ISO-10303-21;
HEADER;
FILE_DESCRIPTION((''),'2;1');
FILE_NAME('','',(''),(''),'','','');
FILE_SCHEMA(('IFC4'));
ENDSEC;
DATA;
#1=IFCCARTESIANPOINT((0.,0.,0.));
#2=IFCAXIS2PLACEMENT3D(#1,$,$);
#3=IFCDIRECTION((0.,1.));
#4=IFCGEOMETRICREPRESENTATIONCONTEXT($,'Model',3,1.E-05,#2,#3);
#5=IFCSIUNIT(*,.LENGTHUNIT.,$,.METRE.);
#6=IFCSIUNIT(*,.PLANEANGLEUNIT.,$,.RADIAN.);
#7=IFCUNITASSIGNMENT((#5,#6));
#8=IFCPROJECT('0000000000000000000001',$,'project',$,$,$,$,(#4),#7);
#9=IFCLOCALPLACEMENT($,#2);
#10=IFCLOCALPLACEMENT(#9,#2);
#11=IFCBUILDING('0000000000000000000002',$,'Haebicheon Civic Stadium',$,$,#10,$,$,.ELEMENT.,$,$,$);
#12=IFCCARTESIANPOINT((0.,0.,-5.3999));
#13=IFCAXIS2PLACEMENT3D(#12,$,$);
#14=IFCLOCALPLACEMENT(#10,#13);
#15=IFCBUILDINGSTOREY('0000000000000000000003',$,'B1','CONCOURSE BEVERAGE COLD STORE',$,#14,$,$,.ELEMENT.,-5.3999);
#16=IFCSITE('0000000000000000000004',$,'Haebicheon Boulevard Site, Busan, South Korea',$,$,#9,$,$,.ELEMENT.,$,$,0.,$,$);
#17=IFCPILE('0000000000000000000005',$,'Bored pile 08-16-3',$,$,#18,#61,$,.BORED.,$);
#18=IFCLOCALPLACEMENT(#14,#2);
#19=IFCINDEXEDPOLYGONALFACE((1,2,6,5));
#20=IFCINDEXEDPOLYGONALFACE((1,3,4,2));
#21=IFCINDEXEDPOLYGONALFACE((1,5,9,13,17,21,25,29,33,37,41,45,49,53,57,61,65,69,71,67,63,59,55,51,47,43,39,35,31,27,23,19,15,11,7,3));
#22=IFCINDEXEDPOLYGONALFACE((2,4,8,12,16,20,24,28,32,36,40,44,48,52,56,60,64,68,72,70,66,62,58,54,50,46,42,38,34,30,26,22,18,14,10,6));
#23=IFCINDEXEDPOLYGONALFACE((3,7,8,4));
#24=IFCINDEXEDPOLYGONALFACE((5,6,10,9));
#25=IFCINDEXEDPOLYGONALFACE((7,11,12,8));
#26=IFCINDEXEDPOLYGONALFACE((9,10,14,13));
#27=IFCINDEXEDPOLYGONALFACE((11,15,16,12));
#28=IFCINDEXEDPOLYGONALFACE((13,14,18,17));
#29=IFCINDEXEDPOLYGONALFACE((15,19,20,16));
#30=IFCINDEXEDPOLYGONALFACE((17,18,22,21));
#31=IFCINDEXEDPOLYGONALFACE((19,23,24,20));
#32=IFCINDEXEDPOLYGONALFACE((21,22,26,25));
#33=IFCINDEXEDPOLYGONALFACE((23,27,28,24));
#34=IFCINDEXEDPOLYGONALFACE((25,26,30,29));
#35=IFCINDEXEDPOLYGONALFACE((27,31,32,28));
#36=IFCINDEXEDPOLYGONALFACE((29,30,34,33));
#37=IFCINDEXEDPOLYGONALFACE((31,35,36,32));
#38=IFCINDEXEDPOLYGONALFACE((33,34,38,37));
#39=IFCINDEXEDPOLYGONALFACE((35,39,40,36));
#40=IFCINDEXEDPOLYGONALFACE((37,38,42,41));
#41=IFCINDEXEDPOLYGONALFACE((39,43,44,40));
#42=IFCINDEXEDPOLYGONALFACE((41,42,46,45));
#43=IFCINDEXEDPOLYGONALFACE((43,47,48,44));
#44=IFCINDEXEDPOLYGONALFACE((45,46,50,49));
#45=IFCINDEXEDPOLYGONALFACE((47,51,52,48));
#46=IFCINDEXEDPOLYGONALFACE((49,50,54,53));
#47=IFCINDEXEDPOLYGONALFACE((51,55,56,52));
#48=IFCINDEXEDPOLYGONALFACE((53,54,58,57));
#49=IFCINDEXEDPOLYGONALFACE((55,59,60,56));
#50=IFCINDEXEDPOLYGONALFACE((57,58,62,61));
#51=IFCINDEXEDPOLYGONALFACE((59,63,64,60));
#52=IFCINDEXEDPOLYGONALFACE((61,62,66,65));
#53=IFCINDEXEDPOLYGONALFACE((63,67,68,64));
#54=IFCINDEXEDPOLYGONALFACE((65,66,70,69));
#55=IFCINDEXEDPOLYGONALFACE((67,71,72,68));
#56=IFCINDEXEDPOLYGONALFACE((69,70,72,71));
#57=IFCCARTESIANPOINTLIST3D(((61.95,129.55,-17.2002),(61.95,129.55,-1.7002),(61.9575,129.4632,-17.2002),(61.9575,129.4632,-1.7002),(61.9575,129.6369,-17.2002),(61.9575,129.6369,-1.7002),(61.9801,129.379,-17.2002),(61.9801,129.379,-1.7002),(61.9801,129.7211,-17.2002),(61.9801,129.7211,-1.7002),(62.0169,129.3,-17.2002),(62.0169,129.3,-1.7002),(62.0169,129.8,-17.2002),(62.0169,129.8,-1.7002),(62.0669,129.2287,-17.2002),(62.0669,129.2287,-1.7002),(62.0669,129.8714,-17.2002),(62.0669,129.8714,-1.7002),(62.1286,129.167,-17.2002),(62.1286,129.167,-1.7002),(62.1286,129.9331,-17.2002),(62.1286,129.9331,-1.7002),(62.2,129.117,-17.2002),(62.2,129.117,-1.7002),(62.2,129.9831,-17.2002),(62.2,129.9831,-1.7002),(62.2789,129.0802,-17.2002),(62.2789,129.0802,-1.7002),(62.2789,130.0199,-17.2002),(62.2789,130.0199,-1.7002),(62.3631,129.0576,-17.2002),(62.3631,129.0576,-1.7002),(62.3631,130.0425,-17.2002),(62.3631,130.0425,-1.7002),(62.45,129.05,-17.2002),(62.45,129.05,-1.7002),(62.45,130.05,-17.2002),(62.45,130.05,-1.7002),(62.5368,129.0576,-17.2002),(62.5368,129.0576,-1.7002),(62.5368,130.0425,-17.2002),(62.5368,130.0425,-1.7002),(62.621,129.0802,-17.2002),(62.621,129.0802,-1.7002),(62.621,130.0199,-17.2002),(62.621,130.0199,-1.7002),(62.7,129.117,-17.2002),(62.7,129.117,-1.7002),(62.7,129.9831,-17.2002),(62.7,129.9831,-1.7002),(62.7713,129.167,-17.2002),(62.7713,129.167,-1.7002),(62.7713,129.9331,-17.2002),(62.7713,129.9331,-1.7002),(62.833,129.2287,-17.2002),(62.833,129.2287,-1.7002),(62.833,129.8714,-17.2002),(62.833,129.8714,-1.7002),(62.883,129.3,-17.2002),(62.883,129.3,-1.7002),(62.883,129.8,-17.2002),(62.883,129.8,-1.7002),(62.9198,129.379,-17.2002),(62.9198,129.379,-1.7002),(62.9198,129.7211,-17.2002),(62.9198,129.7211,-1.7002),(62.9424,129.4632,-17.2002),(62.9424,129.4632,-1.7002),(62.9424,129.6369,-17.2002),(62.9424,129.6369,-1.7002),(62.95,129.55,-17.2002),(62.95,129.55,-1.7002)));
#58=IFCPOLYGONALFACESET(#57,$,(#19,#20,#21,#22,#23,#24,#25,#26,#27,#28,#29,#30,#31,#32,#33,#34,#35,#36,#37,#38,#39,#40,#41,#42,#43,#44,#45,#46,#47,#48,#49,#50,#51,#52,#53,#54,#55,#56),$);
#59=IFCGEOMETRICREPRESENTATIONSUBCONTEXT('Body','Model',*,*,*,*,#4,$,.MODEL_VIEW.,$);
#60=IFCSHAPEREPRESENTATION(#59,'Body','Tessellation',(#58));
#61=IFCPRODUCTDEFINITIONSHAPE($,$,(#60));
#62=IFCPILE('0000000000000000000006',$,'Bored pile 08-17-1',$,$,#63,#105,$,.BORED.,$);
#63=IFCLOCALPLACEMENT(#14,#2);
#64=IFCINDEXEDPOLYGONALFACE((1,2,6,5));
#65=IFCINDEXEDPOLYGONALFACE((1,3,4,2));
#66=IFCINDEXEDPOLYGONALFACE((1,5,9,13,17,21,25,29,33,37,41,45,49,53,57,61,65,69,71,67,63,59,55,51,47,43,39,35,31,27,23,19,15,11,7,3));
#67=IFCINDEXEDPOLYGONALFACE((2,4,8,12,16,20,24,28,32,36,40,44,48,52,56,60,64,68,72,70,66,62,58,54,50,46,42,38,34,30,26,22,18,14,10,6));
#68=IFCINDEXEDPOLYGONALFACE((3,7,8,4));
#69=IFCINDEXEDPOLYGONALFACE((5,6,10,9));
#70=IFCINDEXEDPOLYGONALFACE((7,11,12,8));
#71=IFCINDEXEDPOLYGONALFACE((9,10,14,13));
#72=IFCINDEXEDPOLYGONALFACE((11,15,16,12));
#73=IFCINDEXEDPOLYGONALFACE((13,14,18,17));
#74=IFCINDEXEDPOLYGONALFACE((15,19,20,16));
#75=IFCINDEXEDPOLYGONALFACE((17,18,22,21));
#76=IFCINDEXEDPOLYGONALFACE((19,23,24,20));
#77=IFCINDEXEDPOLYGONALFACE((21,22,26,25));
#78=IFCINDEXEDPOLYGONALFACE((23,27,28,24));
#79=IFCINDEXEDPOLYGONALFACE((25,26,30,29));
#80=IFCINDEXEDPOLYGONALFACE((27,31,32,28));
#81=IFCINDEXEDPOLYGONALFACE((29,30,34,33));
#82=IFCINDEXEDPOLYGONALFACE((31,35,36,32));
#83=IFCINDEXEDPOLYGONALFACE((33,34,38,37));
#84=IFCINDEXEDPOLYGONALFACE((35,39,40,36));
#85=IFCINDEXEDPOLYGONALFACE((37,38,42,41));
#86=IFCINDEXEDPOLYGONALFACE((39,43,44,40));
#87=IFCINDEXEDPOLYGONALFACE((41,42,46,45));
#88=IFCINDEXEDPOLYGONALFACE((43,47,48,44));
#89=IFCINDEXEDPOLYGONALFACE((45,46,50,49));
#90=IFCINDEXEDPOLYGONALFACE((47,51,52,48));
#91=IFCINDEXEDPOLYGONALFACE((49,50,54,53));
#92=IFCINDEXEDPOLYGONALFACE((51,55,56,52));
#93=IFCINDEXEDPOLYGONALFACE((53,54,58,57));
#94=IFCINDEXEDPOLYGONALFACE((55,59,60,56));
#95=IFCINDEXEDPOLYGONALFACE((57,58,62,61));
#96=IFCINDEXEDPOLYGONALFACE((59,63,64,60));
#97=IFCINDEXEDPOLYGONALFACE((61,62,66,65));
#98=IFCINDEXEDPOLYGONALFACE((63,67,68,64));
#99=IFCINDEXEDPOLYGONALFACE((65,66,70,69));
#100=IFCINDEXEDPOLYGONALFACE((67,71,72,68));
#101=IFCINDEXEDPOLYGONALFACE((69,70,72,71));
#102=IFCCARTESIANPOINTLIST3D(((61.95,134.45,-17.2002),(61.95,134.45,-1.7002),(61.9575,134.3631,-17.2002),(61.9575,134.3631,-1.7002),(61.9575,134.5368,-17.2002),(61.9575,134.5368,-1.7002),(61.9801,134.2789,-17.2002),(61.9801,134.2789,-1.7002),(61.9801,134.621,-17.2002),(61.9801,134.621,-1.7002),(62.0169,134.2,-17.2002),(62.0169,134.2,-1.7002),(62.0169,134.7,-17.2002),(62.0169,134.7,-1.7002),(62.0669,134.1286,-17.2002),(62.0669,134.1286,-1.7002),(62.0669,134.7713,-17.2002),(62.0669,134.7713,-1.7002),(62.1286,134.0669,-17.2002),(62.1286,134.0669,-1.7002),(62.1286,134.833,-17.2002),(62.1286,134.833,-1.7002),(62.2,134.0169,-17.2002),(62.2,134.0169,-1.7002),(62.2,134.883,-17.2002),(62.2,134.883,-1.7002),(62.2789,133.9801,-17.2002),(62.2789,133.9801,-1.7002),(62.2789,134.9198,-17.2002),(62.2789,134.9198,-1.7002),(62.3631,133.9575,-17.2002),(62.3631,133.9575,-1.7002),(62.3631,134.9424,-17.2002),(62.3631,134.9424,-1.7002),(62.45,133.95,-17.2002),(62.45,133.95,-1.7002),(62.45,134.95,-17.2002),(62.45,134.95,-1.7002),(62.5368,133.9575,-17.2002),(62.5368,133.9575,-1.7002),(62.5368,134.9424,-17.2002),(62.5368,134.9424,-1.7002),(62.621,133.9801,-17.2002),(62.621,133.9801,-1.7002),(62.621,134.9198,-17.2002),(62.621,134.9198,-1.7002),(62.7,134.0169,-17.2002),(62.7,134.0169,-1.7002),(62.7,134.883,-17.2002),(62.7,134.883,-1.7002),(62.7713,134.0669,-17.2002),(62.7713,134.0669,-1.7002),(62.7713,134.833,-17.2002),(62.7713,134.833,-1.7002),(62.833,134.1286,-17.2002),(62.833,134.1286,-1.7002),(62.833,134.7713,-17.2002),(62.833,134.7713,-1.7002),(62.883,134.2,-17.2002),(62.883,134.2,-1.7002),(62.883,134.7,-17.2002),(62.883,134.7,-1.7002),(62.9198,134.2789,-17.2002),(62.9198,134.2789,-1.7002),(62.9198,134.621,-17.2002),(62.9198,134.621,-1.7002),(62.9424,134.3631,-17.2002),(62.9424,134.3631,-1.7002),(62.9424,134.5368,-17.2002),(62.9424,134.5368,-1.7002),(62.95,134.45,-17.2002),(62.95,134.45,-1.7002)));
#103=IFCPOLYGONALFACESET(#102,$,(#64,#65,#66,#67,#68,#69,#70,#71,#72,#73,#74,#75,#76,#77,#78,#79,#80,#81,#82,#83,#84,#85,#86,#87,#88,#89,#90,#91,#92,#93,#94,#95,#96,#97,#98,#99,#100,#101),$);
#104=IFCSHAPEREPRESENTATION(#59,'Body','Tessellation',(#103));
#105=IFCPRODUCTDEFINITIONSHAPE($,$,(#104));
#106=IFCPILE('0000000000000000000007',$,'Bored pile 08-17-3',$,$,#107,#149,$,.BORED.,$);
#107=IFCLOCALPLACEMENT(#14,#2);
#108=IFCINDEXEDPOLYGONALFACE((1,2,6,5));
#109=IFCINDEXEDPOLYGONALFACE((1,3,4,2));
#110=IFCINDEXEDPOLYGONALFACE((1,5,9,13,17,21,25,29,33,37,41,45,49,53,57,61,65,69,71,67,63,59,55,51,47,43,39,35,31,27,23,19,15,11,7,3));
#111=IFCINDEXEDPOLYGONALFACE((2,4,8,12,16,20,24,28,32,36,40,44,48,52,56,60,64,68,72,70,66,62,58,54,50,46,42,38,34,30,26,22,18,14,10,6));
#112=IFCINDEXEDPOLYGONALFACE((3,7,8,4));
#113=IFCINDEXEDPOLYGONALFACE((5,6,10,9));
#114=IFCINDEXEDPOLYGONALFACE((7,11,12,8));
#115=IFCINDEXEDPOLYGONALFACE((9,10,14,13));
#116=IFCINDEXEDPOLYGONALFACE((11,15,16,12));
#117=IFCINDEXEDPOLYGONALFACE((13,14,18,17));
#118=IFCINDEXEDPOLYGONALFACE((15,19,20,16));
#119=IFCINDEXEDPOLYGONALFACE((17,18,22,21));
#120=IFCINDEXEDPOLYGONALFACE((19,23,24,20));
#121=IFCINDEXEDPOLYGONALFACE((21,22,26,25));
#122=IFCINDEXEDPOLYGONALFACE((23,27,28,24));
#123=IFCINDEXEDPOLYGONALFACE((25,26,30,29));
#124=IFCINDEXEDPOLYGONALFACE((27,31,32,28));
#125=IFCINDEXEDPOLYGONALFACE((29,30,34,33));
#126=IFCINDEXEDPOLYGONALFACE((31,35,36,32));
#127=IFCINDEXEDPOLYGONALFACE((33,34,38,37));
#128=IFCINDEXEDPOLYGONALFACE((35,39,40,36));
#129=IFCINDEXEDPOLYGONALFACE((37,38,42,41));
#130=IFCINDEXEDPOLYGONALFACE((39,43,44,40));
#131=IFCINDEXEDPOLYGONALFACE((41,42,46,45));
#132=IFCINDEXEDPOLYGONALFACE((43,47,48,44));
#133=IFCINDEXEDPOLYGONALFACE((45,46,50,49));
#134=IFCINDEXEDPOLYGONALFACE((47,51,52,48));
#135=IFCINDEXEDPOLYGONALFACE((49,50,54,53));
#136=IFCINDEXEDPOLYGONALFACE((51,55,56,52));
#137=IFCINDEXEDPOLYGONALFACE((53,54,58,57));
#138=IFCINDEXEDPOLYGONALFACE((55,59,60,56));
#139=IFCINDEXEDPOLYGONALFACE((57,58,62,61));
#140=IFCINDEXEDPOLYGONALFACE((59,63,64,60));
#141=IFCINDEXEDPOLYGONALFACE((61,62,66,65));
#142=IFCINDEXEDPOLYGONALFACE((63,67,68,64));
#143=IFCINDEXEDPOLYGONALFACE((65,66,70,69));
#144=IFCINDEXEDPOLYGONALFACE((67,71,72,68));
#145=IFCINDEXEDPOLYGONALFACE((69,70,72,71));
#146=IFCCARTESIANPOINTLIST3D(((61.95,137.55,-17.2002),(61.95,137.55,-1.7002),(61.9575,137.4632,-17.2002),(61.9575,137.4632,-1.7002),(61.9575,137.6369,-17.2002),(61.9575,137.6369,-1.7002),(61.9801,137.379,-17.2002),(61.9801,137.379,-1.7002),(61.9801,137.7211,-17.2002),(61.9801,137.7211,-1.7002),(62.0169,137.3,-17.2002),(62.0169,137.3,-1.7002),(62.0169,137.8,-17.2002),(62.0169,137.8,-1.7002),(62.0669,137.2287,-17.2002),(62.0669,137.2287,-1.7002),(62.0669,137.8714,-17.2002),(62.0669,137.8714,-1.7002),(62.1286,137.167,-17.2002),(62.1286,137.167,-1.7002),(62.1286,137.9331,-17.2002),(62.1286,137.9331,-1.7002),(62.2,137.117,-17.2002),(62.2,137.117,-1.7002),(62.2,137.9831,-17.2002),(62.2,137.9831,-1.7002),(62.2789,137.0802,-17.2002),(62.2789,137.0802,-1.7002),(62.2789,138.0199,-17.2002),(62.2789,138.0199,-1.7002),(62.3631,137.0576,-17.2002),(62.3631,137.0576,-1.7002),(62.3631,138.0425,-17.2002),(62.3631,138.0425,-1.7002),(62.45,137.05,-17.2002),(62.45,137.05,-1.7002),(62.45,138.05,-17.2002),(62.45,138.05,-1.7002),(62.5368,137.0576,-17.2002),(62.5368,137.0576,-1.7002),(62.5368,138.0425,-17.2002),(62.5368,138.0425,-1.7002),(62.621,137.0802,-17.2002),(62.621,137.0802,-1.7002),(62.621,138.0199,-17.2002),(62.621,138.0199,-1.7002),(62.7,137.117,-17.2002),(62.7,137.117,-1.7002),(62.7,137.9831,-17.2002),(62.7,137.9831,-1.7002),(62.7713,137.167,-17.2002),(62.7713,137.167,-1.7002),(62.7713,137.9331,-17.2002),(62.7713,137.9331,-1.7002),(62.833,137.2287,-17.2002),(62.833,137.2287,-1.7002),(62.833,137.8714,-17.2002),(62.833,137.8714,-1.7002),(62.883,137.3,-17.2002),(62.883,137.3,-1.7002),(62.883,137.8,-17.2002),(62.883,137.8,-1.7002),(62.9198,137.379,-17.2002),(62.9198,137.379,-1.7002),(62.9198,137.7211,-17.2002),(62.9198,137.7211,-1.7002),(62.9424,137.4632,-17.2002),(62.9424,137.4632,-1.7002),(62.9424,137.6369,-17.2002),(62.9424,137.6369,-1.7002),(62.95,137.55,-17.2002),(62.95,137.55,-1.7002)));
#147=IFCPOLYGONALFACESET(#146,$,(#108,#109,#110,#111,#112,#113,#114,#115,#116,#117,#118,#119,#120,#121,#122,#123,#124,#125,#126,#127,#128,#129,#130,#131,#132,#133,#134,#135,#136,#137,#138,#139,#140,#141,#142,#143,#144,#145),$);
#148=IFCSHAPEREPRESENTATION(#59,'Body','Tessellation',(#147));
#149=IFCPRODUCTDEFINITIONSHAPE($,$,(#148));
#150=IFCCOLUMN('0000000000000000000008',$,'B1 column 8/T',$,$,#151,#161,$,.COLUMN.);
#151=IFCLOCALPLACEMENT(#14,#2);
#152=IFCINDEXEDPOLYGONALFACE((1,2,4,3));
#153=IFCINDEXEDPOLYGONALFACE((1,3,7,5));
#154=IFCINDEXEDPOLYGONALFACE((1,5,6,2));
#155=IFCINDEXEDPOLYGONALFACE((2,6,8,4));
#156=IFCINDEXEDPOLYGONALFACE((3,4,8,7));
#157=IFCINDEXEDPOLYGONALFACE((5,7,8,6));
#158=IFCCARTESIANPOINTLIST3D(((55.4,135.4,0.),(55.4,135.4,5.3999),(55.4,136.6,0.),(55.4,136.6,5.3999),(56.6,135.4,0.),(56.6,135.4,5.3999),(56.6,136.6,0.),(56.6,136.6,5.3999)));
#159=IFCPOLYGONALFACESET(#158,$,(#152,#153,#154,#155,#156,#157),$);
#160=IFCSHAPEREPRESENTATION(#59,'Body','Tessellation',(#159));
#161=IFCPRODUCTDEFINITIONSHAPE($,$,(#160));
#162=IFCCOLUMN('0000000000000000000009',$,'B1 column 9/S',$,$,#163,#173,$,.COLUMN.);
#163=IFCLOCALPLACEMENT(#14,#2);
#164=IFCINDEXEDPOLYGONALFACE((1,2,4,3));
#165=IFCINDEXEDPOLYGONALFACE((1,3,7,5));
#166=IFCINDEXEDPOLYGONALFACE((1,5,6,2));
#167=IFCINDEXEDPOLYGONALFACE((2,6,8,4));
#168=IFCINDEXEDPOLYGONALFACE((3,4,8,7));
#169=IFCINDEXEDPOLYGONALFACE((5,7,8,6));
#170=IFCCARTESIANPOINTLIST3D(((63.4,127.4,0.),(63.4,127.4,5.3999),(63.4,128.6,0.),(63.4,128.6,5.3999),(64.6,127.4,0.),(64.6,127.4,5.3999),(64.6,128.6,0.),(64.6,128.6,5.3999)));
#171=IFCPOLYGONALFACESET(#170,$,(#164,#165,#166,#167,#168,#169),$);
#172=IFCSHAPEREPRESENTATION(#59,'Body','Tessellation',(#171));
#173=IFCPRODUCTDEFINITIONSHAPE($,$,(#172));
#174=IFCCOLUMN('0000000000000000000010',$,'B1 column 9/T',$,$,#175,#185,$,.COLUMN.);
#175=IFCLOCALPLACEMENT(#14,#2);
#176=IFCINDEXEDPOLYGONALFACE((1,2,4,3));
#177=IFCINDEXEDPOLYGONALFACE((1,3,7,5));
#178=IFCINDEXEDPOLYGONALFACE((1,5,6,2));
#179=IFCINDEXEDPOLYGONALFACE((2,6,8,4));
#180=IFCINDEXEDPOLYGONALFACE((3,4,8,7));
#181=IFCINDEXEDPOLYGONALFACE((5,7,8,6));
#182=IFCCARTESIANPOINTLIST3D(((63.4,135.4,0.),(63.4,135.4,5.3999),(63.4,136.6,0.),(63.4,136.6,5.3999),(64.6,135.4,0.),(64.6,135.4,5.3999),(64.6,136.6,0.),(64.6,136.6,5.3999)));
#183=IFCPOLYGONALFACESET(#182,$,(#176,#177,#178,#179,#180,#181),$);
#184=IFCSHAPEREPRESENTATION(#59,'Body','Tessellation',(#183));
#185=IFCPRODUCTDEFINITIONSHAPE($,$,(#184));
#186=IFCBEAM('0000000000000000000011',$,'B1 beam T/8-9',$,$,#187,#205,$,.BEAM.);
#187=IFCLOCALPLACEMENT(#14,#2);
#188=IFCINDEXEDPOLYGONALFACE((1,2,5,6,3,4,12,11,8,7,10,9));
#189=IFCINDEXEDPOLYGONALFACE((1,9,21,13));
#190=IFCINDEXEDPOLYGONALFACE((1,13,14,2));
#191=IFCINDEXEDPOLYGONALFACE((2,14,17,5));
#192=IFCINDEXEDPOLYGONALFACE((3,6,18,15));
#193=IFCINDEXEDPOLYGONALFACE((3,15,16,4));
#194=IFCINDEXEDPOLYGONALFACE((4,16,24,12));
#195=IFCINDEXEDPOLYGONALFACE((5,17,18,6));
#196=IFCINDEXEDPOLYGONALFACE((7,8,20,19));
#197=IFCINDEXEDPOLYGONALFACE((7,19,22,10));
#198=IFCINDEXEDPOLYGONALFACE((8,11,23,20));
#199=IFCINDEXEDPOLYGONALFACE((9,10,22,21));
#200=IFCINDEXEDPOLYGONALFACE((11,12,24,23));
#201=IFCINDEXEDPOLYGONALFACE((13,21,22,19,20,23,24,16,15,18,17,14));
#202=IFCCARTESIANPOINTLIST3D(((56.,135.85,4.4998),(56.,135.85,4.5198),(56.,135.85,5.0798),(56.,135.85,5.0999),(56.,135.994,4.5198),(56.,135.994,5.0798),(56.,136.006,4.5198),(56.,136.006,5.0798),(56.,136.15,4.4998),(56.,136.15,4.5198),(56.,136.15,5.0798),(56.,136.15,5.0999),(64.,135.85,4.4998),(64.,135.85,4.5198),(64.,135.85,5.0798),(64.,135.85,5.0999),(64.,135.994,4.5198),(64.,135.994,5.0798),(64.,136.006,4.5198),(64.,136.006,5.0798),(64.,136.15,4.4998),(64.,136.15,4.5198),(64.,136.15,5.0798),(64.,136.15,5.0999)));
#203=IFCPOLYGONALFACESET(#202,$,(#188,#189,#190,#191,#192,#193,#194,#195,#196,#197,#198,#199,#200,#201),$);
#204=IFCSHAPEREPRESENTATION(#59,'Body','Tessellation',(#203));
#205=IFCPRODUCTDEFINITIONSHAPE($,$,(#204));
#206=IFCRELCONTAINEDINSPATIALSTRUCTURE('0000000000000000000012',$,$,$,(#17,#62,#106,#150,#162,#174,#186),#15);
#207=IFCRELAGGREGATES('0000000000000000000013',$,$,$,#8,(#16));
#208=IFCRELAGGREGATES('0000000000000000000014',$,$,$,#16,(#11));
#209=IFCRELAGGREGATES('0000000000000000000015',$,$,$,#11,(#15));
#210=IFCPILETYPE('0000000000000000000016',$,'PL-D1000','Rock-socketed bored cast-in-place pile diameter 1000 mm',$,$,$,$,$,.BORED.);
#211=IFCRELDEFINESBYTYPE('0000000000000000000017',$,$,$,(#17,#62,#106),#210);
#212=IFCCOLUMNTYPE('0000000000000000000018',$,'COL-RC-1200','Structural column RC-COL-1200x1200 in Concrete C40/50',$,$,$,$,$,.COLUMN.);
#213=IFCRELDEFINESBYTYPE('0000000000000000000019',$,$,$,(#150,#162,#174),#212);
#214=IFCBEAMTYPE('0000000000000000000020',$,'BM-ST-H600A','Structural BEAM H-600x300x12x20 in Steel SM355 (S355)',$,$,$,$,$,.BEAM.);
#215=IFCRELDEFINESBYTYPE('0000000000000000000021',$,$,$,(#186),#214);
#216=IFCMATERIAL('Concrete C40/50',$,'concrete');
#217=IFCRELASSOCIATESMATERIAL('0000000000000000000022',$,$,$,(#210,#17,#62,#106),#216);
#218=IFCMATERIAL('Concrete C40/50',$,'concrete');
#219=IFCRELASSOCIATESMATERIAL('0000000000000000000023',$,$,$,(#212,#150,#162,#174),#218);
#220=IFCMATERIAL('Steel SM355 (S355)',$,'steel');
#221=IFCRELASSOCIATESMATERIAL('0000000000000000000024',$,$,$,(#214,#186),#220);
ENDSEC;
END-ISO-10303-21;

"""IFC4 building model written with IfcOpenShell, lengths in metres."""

from ifc_helpers import new_model, si_unit, direction, frame, origin, origin_2d, place, context, subcontext, project, spatial, rectangle, circle, i_section, extrude, material, material_profile, profile_set, type_object, element, save


model = new_model("IFC4")

# Units and contexts
model_context = context("Model", 3, precision=1e-05, world=origin(), true_north=direction((0.0, 1.0)))
body_context = subcontext(model_context, "Body", "Model", "MODEL_VIEW")
ifc_project = project(units=[si_unit("LENGTHUNIT", "METRE"), si_unit("PLANEANGLEUNIT", "RADIAN")], contexts=[model_context])

# Site, building, storey
site_placement = place(None, origin())
site = spatial("IfcSite", under=ifc_project, at=site_placement, Name="Haebicheon Boulevard Site, Busan, South Korea", CompositionType="ELEMENT", RefElevation=0.0)
building_placement = place(site_placement, origin())
building = spatial("IfcBuilding", under=site, at=building_placement, Name="Haebicheon Civic Stadium", CompositionType="ELEMENT")
storey_placement = place(building_placement, frame((0.0, 0.0, -5.3999)))
storey = spatial("IfcBuildingStorey", under=building, at=storey_placement, Name="B1", Description="CONCOURSE BEVERAGE COLD STORE", CompositionType="ELEMENT", Elevation=-5.3999)

# Piles
ifc_material_1 = material(Name="Concrete C40/50", Category="concrete")
ifc_material_profile_1 = material_profile(ifc_material_1, circle(Radius=0.5, at=origin_2d()), Name="PILE-D1000")
ifc_profile_set_1 = profile_set([ifc_material_profile_1], Name="Concrete C40/50")
pile_type = type_object("IfcPileType", Name="PL-D1000", Description="Rock-socketed bored cast-in-place pile diameter 1000 mm", PredefinedType="BORED", material=ifc_profile_set_1)
for number, where, z_axis, x_axis, name in (
    (1, (62.45, 129.55, -1.7002), (0.0, 0.0, -1.0), (1.0, 0.0, 0.0), "Bored pile 08-16-3"),
    (2, (62.45, 134.45, -1.7002), (0.0, 0.0, -1.0), (1.0, 0.0, 0.0), "Bored pile 08-17-1"),
    (3, (62.45, 137.55, -1.7002), (0.0, 0.0, -1.0), (1.0, 0.0, 0.0), "Bored pile 08-17-3"),
):
    element("IfcPile", number, at=place(storey_placement, frame(where, z_axis=z_axis, x_axis=x_axis)), inside=storey, type_object=pile_type, material=ifc_profile_set_1, Name=name, PredefinedType="BORED", context=body_context, shape_type="SweptSolid", body=[
        extrude(circle(Radius=0.5, at=origin_2d()), origin(), (0.0, 0.0, 1.0), 15.5),
    ])

# Columns
ifc_material_2 = material(Name="Concrete C40/50", Category="concrete")
ifc_material_profile_2 = material_profile(ifc_material_2, rectangle(XDim=1.2, YDim=1.2, at=origin_2d()), Name="RC-COL-1200x1200")
ifc_profile_set_2 = profile_set([ifc_material_profile_2], Name="Concrete C40/50")
column_type = type_object("IfcColumnType", Name="COL-RC-1200", Description="Structural column RC-COL-1200x1200 in Concrete C40/50", PredefinedType="COLUMN", material=ifc_profile_set_2)
for number, where, z_axis, x_axis, name in (
    (4, (56.0, 136.0, 0.0), (0.0, 0.0, 1.0), (1.0, 0.0, 0.0), "B1 column 8/T"),
    (5, (64.0, 128.0, 0.0), (0.0, 0.0, 1.0), (1.0, 0.0, 0.0), "B1 column 9/S"),
    (6, (64.0, 136.0, 0.0), (0.0, 0.0, 1.0), (1.0, 0.0, 0.0), "B1 column 9/T"),
):
    element("IfcColumn", number, at=place(storey_placement, frame(where, z_axis=z_axis, x_axis=x_axis)), inside=storey, type_object=column_type, material=ifc_profile_set_2, Name=name, PredefinedType="COLUMN", context=body_context, shape_type="SweptSolid", body=[
        extrude(rectangle(XDim=1.2, YDim=1.2, at=origin_2d()), origin(), (0.0, 0.0, 1.0), 5.3999),
    ])

# Beam
ifc_material_3 = material(Name="Steel SM355 (S355)", Category="steel")
ifc_material_profile_3 = material_profile(ifc_material_3, i_section(OverallWidth=0.3, OverallDepth=0.6001, WebThickness=0.012, FlangeThickness=0.02, at=origin_2d()), Name="H-600x300x12x20")
ifc_profile_set_3 = profile_set([ifc_material_profile_3], Name="Steel SM355 (S355)")
beam_type_1 = type_object("IfcBeamType", Name="BM-ST-H600A", Description="Structural BEAM H-600x300x12x20 in Steel SM355 (S355)", PredefinedType="BEAM", material=ifc_profile_set_3)
beam_1_placement = place(storey_placement, frame((56.0, 136.0, 4.7998), z_axis=(1.0, 0.0, 0.0), x_axis=(0.0, 1.0, 0.0)))
element("IfcBeam", 7, at=beam_1_placement, inside=storey, type_object=beam_type_1, material=ifc_profile_set_3, Name="B1 beam T/8-9", PredefinedType="BEAM", context=body_context, shape_type="SweptSolid", body=[
    extrude(i_section(OverallWidth=0.3, OverallDepth=0.6001, WebThickness=0.012, FlangeThickness=0.02, at=origin_2d()), origin(), (0.0, 0.0, 1.0), 8.0),
])

save(model, "model.ifc")
